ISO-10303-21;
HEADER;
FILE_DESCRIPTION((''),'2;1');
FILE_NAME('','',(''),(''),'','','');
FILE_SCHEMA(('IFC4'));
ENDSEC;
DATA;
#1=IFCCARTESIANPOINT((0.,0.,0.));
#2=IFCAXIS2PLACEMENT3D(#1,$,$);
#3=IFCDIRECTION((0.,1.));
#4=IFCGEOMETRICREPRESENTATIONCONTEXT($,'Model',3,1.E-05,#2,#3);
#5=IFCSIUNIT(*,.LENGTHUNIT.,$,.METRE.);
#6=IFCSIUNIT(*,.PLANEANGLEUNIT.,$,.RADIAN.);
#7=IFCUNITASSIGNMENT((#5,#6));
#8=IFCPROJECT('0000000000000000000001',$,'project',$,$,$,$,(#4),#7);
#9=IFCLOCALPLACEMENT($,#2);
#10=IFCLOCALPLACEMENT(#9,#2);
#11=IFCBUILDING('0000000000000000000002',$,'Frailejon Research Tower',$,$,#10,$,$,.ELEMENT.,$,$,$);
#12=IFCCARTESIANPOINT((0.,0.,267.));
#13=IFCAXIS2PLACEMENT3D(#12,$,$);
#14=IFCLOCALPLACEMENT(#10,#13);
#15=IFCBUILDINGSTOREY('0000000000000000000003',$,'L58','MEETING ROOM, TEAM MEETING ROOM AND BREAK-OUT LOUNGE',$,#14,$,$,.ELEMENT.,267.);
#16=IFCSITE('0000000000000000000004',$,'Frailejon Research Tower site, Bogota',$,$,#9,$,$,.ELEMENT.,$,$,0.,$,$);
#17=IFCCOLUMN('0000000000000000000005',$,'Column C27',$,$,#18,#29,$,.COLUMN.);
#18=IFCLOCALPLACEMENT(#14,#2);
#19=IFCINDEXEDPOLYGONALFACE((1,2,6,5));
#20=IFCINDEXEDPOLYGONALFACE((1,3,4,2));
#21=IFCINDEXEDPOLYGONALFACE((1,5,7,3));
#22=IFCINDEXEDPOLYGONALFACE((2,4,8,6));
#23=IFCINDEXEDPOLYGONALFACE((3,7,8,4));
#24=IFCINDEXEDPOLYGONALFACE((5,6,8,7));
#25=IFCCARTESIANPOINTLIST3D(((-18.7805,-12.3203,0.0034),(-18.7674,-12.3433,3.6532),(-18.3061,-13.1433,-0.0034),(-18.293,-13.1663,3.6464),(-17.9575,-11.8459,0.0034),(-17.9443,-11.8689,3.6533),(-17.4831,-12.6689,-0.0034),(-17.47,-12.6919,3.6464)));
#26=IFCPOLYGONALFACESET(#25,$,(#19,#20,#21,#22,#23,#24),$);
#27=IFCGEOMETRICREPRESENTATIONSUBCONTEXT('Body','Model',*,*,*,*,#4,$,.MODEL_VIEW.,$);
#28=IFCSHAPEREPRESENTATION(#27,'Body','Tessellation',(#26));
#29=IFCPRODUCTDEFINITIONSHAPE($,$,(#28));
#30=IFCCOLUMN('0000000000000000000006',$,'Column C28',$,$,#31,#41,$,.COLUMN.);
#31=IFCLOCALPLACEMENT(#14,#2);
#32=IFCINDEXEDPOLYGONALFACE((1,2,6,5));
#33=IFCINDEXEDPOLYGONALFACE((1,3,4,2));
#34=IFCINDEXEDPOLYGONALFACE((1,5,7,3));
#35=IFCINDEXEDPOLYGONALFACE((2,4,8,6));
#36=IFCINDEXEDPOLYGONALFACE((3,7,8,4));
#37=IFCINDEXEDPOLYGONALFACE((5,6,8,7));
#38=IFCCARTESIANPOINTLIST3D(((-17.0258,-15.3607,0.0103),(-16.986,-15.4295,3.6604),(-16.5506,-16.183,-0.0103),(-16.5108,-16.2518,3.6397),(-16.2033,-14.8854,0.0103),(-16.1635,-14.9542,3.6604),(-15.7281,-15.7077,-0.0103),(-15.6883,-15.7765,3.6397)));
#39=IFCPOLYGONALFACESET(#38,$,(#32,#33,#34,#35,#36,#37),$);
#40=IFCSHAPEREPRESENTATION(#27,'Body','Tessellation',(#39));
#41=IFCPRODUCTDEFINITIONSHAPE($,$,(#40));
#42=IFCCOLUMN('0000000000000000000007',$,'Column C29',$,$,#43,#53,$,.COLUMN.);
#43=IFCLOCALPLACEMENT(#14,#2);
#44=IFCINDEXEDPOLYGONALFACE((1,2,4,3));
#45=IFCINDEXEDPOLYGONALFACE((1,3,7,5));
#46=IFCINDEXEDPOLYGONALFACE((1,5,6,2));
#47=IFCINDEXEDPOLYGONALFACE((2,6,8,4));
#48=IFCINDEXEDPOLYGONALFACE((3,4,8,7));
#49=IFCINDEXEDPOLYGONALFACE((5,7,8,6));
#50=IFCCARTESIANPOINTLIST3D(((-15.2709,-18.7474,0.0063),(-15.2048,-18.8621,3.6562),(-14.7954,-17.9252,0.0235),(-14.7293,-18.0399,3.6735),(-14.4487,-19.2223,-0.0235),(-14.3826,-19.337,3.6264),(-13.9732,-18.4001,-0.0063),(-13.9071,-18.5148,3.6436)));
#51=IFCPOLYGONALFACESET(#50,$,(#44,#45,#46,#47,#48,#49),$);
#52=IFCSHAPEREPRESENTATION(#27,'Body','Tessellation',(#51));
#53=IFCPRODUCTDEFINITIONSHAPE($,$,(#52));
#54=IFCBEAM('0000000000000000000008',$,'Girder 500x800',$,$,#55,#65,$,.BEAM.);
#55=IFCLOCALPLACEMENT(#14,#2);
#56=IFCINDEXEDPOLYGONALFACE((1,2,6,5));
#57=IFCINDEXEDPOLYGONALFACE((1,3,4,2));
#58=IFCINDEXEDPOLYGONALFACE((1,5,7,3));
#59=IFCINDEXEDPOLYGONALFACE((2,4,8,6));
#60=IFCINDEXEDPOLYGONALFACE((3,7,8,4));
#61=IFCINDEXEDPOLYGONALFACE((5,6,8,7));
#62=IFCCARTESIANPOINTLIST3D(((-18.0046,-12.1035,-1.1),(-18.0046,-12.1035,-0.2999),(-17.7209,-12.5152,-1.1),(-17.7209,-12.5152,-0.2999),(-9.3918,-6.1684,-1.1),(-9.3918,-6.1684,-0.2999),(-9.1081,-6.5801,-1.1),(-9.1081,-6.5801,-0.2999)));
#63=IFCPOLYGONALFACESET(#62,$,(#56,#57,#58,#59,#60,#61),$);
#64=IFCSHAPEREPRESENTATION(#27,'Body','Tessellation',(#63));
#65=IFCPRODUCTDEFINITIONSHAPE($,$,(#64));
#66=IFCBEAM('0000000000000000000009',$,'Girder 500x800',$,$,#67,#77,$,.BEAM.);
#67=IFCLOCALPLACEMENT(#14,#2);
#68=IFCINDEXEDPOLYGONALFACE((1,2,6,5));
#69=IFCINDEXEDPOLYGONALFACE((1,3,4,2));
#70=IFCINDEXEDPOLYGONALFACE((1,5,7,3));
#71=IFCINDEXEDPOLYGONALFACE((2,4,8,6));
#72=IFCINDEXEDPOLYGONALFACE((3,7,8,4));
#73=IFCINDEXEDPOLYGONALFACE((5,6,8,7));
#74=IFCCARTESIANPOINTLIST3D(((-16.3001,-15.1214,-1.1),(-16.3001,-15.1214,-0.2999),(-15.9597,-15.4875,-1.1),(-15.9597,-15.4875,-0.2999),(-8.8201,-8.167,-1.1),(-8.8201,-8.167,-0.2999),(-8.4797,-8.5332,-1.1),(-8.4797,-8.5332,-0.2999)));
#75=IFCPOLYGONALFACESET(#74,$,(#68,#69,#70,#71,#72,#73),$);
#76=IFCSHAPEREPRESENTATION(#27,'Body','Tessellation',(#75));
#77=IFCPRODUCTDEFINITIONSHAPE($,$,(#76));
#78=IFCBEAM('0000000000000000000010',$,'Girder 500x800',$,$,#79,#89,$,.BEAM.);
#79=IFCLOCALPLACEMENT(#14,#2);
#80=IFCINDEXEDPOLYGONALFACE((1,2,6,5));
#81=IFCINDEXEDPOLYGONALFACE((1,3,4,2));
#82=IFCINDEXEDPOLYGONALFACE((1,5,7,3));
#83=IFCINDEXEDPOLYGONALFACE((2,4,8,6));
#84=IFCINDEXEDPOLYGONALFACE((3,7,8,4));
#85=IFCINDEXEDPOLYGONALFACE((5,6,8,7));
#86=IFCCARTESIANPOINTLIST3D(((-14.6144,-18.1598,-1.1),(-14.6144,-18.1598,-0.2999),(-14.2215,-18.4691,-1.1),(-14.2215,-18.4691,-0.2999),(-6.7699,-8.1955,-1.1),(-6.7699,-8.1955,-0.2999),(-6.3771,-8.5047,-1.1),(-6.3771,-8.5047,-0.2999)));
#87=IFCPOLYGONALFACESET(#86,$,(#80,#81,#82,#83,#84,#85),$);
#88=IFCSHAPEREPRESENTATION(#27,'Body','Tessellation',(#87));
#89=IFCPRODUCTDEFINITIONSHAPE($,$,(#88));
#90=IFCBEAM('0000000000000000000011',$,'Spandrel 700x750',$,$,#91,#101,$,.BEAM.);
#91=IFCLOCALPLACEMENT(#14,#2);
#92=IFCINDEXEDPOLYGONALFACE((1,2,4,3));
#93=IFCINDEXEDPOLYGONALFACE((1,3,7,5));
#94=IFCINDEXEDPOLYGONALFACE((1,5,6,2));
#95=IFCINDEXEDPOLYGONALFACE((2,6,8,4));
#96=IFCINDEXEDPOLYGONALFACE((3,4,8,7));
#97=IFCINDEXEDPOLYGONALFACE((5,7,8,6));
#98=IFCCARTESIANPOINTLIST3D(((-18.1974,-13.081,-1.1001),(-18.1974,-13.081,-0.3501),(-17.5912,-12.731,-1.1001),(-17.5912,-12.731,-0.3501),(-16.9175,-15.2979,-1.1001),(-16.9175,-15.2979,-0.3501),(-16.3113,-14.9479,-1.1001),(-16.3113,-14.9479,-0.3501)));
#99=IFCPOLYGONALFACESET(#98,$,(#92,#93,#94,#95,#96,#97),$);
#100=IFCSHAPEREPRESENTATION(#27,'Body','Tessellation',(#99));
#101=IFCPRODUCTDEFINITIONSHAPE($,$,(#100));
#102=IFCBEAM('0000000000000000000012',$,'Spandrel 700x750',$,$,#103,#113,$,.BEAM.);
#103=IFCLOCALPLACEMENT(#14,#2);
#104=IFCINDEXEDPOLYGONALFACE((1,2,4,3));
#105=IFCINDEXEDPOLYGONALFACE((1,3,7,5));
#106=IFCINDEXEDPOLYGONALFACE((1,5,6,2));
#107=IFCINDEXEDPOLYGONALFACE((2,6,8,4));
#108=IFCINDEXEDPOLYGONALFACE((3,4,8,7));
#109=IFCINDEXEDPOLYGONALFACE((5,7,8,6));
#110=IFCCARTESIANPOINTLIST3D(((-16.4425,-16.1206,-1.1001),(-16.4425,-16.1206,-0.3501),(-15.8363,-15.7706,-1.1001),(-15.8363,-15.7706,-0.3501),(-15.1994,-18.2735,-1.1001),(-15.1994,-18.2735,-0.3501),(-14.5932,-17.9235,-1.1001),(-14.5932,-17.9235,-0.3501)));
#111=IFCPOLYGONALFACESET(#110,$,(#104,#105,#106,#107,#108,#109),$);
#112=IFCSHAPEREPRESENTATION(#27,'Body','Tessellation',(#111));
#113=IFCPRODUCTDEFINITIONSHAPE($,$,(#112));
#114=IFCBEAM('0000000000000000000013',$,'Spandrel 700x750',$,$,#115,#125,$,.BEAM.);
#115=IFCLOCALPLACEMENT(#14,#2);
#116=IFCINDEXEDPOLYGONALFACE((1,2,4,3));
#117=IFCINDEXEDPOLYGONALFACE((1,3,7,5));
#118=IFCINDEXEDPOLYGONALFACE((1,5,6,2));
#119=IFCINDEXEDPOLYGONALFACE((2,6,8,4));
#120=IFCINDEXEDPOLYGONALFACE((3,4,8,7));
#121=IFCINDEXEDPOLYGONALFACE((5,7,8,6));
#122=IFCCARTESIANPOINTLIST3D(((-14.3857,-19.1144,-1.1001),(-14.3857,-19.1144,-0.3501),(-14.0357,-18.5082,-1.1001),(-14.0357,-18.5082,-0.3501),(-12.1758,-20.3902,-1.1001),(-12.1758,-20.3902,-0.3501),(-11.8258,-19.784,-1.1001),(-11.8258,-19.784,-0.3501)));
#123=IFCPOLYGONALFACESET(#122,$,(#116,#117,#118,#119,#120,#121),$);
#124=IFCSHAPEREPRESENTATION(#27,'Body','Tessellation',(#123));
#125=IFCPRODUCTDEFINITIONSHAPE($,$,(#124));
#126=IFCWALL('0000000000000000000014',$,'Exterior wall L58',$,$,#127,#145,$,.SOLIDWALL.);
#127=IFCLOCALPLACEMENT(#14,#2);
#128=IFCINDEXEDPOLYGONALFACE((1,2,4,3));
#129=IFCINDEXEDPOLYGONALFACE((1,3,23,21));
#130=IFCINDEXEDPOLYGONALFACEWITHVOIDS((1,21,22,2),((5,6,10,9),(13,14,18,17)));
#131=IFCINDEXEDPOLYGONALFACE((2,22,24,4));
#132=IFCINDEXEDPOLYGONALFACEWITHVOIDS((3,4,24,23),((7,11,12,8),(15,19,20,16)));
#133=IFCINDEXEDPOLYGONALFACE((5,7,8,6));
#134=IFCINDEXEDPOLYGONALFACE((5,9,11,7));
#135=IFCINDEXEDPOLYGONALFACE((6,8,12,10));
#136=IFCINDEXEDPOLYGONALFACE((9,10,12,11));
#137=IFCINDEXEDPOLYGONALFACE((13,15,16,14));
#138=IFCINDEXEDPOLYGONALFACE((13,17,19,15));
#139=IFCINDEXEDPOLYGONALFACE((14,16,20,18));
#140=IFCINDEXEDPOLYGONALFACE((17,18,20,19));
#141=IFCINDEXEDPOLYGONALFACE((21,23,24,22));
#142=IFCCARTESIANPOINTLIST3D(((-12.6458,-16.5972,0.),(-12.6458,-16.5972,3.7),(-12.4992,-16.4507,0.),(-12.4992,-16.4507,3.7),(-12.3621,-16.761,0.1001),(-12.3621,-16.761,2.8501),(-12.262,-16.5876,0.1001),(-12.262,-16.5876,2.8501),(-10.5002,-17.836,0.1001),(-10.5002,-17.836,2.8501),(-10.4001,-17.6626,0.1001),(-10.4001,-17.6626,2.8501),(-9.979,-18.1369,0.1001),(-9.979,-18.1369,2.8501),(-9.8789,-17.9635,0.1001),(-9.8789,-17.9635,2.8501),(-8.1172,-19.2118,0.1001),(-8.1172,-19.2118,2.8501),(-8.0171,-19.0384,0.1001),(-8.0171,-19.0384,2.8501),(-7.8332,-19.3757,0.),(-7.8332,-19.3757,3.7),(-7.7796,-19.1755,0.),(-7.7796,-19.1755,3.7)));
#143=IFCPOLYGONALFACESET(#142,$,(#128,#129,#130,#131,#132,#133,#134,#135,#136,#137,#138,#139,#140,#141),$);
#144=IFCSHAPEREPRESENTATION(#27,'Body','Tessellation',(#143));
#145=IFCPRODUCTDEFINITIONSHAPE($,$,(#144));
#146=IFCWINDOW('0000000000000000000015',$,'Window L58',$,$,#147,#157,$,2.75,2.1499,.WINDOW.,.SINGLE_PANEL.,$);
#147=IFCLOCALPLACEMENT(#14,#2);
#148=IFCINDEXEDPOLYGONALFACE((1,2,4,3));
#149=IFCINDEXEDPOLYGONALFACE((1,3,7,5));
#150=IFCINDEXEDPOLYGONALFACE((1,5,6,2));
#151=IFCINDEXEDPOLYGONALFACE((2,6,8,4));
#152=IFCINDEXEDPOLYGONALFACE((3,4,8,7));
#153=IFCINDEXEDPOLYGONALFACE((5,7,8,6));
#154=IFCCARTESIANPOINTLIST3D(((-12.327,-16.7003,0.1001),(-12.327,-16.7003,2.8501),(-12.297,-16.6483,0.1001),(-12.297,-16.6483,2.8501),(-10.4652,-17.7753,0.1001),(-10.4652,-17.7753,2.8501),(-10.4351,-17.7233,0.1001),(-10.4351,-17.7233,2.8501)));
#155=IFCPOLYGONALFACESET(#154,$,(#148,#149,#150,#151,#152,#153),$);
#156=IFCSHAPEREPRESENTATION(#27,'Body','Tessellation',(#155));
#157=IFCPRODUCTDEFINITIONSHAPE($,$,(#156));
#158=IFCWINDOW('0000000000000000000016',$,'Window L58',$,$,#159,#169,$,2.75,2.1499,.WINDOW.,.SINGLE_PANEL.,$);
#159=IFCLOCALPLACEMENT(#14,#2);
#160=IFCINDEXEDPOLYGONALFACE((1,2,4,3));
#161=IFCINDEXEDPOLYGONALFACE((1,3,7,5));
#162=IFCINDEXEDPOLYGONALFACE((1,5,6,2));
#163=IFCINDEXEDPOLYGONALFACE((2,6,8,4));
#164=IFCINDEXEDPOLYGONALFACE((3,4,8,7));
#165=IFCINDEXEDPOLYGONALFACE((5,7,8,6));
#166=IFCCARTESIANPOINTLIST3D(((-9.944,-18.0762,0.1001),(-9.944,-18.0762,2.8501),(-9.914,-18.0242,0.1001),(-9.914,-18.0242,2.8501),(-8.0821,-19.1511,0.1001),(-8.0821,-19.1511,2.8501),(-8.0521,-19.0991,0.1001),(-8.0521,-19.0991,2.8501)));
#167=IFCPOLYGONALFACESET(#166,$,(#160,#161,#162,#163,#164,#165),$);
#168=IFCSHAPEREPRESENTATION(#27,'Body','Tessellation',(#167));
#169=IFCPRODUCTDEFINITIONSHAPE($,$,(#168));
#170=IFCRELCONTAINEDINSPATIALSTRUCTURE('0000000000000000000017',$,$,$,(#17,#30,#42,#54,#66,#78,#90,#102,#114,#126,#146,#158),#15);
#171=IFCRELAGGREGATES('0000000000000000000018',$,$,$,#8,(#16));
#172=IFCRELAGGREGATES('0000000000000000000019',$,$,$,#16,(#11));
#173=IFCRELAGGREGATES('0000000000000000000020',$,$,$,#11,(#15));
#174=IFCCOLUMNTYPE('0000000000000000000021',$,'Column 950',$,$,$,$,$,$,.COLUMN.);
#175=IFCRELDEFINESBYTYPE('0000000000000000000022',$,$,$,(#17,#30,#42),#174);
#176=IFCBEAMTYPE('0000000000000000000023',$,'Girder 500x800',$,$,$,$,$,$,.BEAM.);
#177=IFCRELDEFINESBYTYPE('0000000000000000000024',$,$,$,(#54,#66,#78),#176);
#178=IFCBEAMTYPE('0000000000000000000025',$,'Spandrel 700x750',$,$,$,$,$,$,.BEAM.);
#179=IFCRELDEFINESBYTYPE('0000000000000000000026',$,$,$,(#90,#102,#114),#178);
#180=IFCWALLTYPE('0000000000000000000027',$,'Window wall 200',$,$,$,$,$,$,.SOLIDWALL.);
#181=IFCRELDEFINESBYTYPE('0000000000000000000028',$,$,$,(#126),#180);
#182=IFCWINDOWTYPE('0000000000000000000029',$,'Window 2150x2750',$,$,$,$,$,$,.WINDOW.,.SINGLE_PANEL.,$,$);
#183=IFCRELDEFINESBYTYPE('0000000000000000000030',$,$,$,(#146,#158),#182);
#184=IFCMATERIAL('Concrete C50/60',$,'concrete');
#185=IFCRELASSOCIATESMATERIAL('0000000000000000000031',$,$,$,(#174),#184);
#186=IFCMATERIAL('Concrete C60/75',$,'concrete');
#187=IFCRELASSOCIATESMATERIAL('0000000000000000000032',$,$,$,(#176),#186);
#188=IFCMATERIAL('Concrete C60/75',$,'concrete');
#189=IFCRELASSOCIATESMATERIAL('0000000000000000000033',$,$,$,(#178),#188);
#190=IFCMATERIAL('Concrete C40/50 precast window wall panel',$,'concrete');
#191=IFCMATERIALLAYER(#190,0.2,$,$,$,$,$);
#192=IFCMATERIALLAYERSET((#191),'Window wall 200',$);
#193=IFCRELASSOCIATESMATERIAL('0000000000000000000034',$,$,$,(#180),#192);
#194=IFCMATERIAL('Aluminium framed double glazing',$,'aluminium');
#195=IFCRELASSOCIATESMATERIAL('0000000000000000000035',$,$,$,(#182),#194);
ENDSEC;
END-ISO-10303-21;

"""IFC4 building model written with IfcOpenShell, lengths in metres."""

from ifc_helpers import new_model, si_unit, direction, frame, frame_2d, origin, origin_2d, place, context, subcontext, project, spatial, polyline, rectangle, outline, extrude, material, layer, layer_set, material_profile, profile_set, type_object, element, fill, save


model = new_model("IFC4")

# Units and contexts
model_context = context("Model", 3, precision=1e-05, world=origin(), true_north=direction((0.0, 1.0)))
body_context = subcontext(model_context, "Body", "Model", "MODEL_VIEW")
ifc_project = project(units=[si_unit("LENGTHUNIT", "METRE"), si_unit("PLANEANGLEUNIT", "RADIAN")], contexts=[model_context])

# Site, building, storey
site_placement = place(None, origin())
site = spatial("IfcSite", under=ifc_project, at=site_placement, Name="Frailejon Research Tower site, Bogota", CompositionType="ELEMENT", RefElevation=0.0)
building_placement = place(site_placement, origin())
building = spatial("IfcBuilding", under=site, at=building_placement, Name="Frailejon Research Tower", CompositionType="ELEMENT")
storey_placement = place(building_placement, frame((0.0, 0.0, 267.0)))
storey = spatial("IfcBuildingStorey", under=building, at=storey_placement, Name="L58", Description="MEETING ROOM, TEAM MEETING ROOM AND BREAK-OUT LOUNGE", CompositionType="ELEMENT", Elevation=267.0)

# Columns
ifc_material_1 = material(Name="Concrete C50/60", Category="concrete")
ifc_material_profile_1 = material_profile(ifc_material_1, rectangle(XDim=0.95, YDim=0.95, at=origin_2d()), Name="Column 950")
ifc_profile_set_1 = profile_set([ifc_material_profile_1], Name="Concrete C50/60")
column_type = type_object("IfcColumnType", Name="Column 950", PredefinedType="COLUMN", material=ifc_profile_set_1)
column_1_placement = place(storey_placement, frame((-18.1318, -12.4946, 0.0), z_axis=(0.003612, -0.006287, 0.999974), x_axis=(0.499382, -0.866352, -0.007251)))
element("IfcColumn", 1, at=column_1_placement, inside=storey, type_object=column_type, Name="Column C27", PredefinedType="COLUMN", context=body_context, shape_type="SweptSolid", body=[
    extrude(rectangle(XDim=0.95, YDim=0.95, at=origin_2d()), origin(), (0.0, 0.0, 1.0), 3.6499),
])
column_2_placement = place(storey_placement, frame((-16.377, -15.5342, 0.0), z_axis=(0.0109, -0.018858, 0.999763), x_axis=(0.500226, -0.865621, -0.021782)))
element("IfcColumn", 2, at=column_2_placement, inside=storey, type_object=column_type, Name="Column C28", PredefinedType="COLUMN", context=body_context, shape_type="SweptSolid", body=[
    extrude(rectangle(XDim=0.95, YDim=0.95, at=origin_2d()), origin(), (0.0, 0.0, 1.0), 3.6509),
])
column_3_placement = place(storey_placement, frame((-14.6221, -18.5737, 0.0), z_axis=(0.018115, -0.031417, 0.999342), x_axis=(0.86552, -0.499889, -0.031405)))
element("IfcColumn", 3, at=column_3_placement, inside=storey, type_object=column_type, Name="Column C29", PredefinedType="COLUMN", context=body_context, shape_type="SweptSolid", body=[
    extrude(rectangle(XDim=0.95, YDim=0.95, at=origin_2d()), origin(), (0.0, 0.0, 1.0), 3.6523),
])

# Beams
ifc_material_2 = material(Name="Concrete C60/75", Category="concrete")
ifc_material_profile_2 = material_profile(ifc_material_2, rectangle(XDim=0.5, YDim=0.8, at=origin_2d()), Name="Girder 500x800")
ifc_profile_set_2 = profile_set([ifc_material_profile_2], Name="Concrete C60/75")
beam_type_1 = type_object("IfcBeamType", Name="Girder 500x800", PredefinedType="BEAM", material=ifc_profile_set_2)
beam_1_placement = place(storey_placement, frame((-17.8628, -12.3093, -0.7), z_axis=(0.823427, 0.567422, 0.0), x_axis=(-0.567422, 0.823427, 0.0)))
element("IfcBeam", 4, at=beam_1_placement, inside=storey, type_object=beam_type_1, Name="Girder 500x800", PredefinedType="BEAM", context=body_context, shape_type="SweptSolid", body=[
    extrude(rectangle(XDim=0.5, YDim=0.8, at=origin_2d()), origin(), (0.0, 0.0, 1.0), 10.4597),
])
beam_2_placement = place(storey_placement, frame((-16.1299, -15.3044, -0.7), z_axis=(0.732371, 0.680906, 0.0), x_axis=(-0.680906, 0.732371, 0.0)))
element("IfcBeam", 5, at=beam_2_placement, inside=storey, type_object=beam_type_1, Name="Girder 500x800", PredefinedType="BEAM", context=body_context, shape_type="SweptSolid", body=[
    extrude(rectangle(XDim=0.5, YDim=0.8, at=origin_2d()), origin(), (0.0, 0.0, 1.0), 10.2134),
])
beam_3_placement = place(storey_placement, frame((-14.418, -18.3145, -0.7), z_axis=(0.618569, 0.78573, 0.0), x_axis=(-0.78573, 0.618569, 0.0)))
element("IfcBeam", 6, at=beam_3_placement, inside=storey, type_object=beam_type_1, Name="Girder 500x800", PredefinedType="BEAM", context=body_context, shape_type="SweptSolid", body=[
    extrude(rectangle(XDim=0.5, YDim=0.8, at=origin_2d()), origin(), (0.0, 0.0, 1.0), 12.6816),
])
ifc_material_3 = material(Name="Concrete C60/75", Category="concrete")
ifc_material_profile_3 = material_profile(ifc_material_3, rectangle(XDim=0.7, YDim=0.75, at=origin_2d()), Name="Spandrel 700x750")
ifc_profile_set_3 = profile_set([ifc_material_profile_3], Name="Concrete C60/75")
beam_type_2 = type_object("IfcBeamType", Name="Spandrel 700x750", PredefinedType="BEAM", material=ifc_profile_set_3)
beam_4_placement = place(storey_placement, frame((-17.8943, -12.906, -0.7251), z_axis=(0.499976, -0.866039, 0.0), x_axis=(0.866039, 0.499976, 0.0)))
element("IfcBeam", 7, at=beam_4_placement, inside=storey, type_object=beam_type_2, Name="Spandrel 700x750", PredefinedType="BEAM", context=body_context, shape_type="SweptSolid", body=[
    extrude(rectangle(XDim=0.7, YDim=0.75, at=origin_2d()), origin(), (0.0, 0.0, 1.0), 2.5598),
])
beam_5_placement = place(storey_placement, frame((-16.1394, -15.9456, -0.7251), z_axis=(0.500026, -0.866011, 0.0), x_axis=(0.866011, 0.500026, 0.0)))
element("IfcBeam", 8, at=beam_5_placement, inside=storey, type_object=beam_type_2, Name="Spandrel 700x750", PredefinedType="BEAM", context=body_context, shape_type="SweptSolid", body=[
    extrude(rectangle(XDim=0.7, YDim=0.75, at=origin_2d()), origin(), (0.0, 0.0, 1.0), 2.4861),
])
beam_6_placement = place(storey_placement, frame((-14.2107, -18.8113, -0.7251), z_axis=(0.866033, -0.499987, 0.0), x_axis=(0.499987, 0.866033, 0.0)))
element("IfcBeam", 9, at=beam_6_placement, inside=storey, type_object=beam_type_2, Name="Spandrel 700x750", PredefinedType="BEAM", context=body_context, shape_type="SweptSolid", body=[
    extrude(rectangle(XDim=0.7, YDim=0.75, at=origin_2d()), origin(), (0.0, 0.0, 1.0), 2.5518),
])

# Wall, openings, windows
ifc_material_4 = material(Name="Concrete C40/50 precast window wall panel", Category="concrete")
ifc_layer_1 = layer(ifc_material_4, 0.2)
ifc_layer_set_1 = layer_set([ifc_layer_1], Name="Window wall 200")
wall_type = type_object("IfcWallType", Name="Window wall 200", PredefinedType="SOLIDWALL", material=ifc_layer_set_1)
wall_placement = place(storey_placement, frame((-12.5725, -16.5239, 0.0), z_axis=(0.0, 0.0, 1.0), x_axis=(0.866026, -0.499999, 0.0)))
wall = element("IfcWall", 10, at=wall_placement, inside=storey, type_object=wall_type, Name="Exterior wall L58", PredefinedType="SOLIDWALL", context=body_context, shape_type="SweptSolid", body=[
    extrude(outline(polyline([(-0.0269, -0.1001), (1.0845, -0.1001), (2.196, -0.1001), (3.3074, -0.1001), (4.4189, -0.1001), (5.5303, -0.1001), (5.4766, 0.1001), (4.3867, 0.1001), (3.2966, 0.1001), (2.2068, 0.1001), (1.1167, 0.1001), (0.0269, 0.1001), (-0.0269, -0.1001)])), origin(), (0.0, 0.0, 1.0), 3.7),
])
opening_1_placement = place(wall_placement, frame((0.3008, 0.0, 0.1001)))
opening_1 = element("IfcOpeningElement", 11, at=opening_1_placement, cuts=wall, PredefinedType="OPENING", context=body_context, shape_type="SweptSolid", body=[
    extrude(rectangle(XDim=2.1499, YDim=2.75, at=frame_2d((1.075, 1.375))), frame((0.0, 0.1099, 0.0), z_axis=(0.0, -1.0, 0.0), x_axis=(1.0, 0.0, 0.0)), (0.0, 0.0, 1.0), 0.22),
])
opening_2_placement = place(wall_placement, frame((3.0525, 0.0, 0.1001)))
opening_2 = element("IfcOpeningElement", 12, at=opening_2_placement, cuts=wall, PredefinedType="OPENING", context=body_context, shape_type="SweptSolid", body=[
    extrude(rectangle(XDim=2.1499, YDim=2.75, at=frame_2d((1.075, 1.375))), frame((0.0, 0.1099, 0.0), z_axis=(0.0, -1.0, 0.0), x_axis=(1.0, 0.0, 0.0)), (0.0, 0.0, 1.0), 0.22),
])
ifc_material_5 = material(Name="Aluminium framed double glazing", Category="aluminium")
window_type = type_object("IfcWindowType", Name="Window 2150x2750", PartitioningType="SINGLE_PANEL", PredefinedType="WINDOW", material=ifc_material_5)
window_1_placement = place(opening_1_placement, origin())
window_1 = element("IfcWindow", 13, at=window_1_placement, inside=storey, type_object=window_type, Name="Window L58", OverallHeight=2.75, OverallWidth=2.1499, PartitioningType="SINGLE_PANEL", PredefinedType="WINDOW", context=body_context, shape_type="SweptSolid", body=[
    extrude(rectangle(XDim=2.1499, YDim=2.75, at=frame_2d((1.075, 1.375))), frame((0.0, 0.03, 0.0), z_axis=(0.0, -1.0, 0.0), x_axis=(1.0, 0.0, 0.0)), (0.0, 0.0, 1.0), 0.0601),
])
fill(opening_1, window_1)
window_2_placement = place(opening_2_placement, origin())
window_2 = element("IfcWindow", 14, at=window_2_placement, inside=storey, type_object=window_type, Name="Window L58", OverallHeight=2.75, OverallWidth=2.1499, PartitioningType="SINGLE_PANEL", PredefinedType="WINDOW", context=body_context, shape_type="SweptSolid", body=[
    extrude(rectangle(XDim=2.1499, YDim=2.75, at=frame_2d((1.075, 1.375))), frame((0.0, 0.03, 0.0), z_axis=(0.0, -1.0, 0.0), x_axis=(1.0, 0.0, 0.0)), (0.0, 0.0, 1.0), 0.0601),
])
fill(opening_2, window_2)

save(model, "model.ifc")
